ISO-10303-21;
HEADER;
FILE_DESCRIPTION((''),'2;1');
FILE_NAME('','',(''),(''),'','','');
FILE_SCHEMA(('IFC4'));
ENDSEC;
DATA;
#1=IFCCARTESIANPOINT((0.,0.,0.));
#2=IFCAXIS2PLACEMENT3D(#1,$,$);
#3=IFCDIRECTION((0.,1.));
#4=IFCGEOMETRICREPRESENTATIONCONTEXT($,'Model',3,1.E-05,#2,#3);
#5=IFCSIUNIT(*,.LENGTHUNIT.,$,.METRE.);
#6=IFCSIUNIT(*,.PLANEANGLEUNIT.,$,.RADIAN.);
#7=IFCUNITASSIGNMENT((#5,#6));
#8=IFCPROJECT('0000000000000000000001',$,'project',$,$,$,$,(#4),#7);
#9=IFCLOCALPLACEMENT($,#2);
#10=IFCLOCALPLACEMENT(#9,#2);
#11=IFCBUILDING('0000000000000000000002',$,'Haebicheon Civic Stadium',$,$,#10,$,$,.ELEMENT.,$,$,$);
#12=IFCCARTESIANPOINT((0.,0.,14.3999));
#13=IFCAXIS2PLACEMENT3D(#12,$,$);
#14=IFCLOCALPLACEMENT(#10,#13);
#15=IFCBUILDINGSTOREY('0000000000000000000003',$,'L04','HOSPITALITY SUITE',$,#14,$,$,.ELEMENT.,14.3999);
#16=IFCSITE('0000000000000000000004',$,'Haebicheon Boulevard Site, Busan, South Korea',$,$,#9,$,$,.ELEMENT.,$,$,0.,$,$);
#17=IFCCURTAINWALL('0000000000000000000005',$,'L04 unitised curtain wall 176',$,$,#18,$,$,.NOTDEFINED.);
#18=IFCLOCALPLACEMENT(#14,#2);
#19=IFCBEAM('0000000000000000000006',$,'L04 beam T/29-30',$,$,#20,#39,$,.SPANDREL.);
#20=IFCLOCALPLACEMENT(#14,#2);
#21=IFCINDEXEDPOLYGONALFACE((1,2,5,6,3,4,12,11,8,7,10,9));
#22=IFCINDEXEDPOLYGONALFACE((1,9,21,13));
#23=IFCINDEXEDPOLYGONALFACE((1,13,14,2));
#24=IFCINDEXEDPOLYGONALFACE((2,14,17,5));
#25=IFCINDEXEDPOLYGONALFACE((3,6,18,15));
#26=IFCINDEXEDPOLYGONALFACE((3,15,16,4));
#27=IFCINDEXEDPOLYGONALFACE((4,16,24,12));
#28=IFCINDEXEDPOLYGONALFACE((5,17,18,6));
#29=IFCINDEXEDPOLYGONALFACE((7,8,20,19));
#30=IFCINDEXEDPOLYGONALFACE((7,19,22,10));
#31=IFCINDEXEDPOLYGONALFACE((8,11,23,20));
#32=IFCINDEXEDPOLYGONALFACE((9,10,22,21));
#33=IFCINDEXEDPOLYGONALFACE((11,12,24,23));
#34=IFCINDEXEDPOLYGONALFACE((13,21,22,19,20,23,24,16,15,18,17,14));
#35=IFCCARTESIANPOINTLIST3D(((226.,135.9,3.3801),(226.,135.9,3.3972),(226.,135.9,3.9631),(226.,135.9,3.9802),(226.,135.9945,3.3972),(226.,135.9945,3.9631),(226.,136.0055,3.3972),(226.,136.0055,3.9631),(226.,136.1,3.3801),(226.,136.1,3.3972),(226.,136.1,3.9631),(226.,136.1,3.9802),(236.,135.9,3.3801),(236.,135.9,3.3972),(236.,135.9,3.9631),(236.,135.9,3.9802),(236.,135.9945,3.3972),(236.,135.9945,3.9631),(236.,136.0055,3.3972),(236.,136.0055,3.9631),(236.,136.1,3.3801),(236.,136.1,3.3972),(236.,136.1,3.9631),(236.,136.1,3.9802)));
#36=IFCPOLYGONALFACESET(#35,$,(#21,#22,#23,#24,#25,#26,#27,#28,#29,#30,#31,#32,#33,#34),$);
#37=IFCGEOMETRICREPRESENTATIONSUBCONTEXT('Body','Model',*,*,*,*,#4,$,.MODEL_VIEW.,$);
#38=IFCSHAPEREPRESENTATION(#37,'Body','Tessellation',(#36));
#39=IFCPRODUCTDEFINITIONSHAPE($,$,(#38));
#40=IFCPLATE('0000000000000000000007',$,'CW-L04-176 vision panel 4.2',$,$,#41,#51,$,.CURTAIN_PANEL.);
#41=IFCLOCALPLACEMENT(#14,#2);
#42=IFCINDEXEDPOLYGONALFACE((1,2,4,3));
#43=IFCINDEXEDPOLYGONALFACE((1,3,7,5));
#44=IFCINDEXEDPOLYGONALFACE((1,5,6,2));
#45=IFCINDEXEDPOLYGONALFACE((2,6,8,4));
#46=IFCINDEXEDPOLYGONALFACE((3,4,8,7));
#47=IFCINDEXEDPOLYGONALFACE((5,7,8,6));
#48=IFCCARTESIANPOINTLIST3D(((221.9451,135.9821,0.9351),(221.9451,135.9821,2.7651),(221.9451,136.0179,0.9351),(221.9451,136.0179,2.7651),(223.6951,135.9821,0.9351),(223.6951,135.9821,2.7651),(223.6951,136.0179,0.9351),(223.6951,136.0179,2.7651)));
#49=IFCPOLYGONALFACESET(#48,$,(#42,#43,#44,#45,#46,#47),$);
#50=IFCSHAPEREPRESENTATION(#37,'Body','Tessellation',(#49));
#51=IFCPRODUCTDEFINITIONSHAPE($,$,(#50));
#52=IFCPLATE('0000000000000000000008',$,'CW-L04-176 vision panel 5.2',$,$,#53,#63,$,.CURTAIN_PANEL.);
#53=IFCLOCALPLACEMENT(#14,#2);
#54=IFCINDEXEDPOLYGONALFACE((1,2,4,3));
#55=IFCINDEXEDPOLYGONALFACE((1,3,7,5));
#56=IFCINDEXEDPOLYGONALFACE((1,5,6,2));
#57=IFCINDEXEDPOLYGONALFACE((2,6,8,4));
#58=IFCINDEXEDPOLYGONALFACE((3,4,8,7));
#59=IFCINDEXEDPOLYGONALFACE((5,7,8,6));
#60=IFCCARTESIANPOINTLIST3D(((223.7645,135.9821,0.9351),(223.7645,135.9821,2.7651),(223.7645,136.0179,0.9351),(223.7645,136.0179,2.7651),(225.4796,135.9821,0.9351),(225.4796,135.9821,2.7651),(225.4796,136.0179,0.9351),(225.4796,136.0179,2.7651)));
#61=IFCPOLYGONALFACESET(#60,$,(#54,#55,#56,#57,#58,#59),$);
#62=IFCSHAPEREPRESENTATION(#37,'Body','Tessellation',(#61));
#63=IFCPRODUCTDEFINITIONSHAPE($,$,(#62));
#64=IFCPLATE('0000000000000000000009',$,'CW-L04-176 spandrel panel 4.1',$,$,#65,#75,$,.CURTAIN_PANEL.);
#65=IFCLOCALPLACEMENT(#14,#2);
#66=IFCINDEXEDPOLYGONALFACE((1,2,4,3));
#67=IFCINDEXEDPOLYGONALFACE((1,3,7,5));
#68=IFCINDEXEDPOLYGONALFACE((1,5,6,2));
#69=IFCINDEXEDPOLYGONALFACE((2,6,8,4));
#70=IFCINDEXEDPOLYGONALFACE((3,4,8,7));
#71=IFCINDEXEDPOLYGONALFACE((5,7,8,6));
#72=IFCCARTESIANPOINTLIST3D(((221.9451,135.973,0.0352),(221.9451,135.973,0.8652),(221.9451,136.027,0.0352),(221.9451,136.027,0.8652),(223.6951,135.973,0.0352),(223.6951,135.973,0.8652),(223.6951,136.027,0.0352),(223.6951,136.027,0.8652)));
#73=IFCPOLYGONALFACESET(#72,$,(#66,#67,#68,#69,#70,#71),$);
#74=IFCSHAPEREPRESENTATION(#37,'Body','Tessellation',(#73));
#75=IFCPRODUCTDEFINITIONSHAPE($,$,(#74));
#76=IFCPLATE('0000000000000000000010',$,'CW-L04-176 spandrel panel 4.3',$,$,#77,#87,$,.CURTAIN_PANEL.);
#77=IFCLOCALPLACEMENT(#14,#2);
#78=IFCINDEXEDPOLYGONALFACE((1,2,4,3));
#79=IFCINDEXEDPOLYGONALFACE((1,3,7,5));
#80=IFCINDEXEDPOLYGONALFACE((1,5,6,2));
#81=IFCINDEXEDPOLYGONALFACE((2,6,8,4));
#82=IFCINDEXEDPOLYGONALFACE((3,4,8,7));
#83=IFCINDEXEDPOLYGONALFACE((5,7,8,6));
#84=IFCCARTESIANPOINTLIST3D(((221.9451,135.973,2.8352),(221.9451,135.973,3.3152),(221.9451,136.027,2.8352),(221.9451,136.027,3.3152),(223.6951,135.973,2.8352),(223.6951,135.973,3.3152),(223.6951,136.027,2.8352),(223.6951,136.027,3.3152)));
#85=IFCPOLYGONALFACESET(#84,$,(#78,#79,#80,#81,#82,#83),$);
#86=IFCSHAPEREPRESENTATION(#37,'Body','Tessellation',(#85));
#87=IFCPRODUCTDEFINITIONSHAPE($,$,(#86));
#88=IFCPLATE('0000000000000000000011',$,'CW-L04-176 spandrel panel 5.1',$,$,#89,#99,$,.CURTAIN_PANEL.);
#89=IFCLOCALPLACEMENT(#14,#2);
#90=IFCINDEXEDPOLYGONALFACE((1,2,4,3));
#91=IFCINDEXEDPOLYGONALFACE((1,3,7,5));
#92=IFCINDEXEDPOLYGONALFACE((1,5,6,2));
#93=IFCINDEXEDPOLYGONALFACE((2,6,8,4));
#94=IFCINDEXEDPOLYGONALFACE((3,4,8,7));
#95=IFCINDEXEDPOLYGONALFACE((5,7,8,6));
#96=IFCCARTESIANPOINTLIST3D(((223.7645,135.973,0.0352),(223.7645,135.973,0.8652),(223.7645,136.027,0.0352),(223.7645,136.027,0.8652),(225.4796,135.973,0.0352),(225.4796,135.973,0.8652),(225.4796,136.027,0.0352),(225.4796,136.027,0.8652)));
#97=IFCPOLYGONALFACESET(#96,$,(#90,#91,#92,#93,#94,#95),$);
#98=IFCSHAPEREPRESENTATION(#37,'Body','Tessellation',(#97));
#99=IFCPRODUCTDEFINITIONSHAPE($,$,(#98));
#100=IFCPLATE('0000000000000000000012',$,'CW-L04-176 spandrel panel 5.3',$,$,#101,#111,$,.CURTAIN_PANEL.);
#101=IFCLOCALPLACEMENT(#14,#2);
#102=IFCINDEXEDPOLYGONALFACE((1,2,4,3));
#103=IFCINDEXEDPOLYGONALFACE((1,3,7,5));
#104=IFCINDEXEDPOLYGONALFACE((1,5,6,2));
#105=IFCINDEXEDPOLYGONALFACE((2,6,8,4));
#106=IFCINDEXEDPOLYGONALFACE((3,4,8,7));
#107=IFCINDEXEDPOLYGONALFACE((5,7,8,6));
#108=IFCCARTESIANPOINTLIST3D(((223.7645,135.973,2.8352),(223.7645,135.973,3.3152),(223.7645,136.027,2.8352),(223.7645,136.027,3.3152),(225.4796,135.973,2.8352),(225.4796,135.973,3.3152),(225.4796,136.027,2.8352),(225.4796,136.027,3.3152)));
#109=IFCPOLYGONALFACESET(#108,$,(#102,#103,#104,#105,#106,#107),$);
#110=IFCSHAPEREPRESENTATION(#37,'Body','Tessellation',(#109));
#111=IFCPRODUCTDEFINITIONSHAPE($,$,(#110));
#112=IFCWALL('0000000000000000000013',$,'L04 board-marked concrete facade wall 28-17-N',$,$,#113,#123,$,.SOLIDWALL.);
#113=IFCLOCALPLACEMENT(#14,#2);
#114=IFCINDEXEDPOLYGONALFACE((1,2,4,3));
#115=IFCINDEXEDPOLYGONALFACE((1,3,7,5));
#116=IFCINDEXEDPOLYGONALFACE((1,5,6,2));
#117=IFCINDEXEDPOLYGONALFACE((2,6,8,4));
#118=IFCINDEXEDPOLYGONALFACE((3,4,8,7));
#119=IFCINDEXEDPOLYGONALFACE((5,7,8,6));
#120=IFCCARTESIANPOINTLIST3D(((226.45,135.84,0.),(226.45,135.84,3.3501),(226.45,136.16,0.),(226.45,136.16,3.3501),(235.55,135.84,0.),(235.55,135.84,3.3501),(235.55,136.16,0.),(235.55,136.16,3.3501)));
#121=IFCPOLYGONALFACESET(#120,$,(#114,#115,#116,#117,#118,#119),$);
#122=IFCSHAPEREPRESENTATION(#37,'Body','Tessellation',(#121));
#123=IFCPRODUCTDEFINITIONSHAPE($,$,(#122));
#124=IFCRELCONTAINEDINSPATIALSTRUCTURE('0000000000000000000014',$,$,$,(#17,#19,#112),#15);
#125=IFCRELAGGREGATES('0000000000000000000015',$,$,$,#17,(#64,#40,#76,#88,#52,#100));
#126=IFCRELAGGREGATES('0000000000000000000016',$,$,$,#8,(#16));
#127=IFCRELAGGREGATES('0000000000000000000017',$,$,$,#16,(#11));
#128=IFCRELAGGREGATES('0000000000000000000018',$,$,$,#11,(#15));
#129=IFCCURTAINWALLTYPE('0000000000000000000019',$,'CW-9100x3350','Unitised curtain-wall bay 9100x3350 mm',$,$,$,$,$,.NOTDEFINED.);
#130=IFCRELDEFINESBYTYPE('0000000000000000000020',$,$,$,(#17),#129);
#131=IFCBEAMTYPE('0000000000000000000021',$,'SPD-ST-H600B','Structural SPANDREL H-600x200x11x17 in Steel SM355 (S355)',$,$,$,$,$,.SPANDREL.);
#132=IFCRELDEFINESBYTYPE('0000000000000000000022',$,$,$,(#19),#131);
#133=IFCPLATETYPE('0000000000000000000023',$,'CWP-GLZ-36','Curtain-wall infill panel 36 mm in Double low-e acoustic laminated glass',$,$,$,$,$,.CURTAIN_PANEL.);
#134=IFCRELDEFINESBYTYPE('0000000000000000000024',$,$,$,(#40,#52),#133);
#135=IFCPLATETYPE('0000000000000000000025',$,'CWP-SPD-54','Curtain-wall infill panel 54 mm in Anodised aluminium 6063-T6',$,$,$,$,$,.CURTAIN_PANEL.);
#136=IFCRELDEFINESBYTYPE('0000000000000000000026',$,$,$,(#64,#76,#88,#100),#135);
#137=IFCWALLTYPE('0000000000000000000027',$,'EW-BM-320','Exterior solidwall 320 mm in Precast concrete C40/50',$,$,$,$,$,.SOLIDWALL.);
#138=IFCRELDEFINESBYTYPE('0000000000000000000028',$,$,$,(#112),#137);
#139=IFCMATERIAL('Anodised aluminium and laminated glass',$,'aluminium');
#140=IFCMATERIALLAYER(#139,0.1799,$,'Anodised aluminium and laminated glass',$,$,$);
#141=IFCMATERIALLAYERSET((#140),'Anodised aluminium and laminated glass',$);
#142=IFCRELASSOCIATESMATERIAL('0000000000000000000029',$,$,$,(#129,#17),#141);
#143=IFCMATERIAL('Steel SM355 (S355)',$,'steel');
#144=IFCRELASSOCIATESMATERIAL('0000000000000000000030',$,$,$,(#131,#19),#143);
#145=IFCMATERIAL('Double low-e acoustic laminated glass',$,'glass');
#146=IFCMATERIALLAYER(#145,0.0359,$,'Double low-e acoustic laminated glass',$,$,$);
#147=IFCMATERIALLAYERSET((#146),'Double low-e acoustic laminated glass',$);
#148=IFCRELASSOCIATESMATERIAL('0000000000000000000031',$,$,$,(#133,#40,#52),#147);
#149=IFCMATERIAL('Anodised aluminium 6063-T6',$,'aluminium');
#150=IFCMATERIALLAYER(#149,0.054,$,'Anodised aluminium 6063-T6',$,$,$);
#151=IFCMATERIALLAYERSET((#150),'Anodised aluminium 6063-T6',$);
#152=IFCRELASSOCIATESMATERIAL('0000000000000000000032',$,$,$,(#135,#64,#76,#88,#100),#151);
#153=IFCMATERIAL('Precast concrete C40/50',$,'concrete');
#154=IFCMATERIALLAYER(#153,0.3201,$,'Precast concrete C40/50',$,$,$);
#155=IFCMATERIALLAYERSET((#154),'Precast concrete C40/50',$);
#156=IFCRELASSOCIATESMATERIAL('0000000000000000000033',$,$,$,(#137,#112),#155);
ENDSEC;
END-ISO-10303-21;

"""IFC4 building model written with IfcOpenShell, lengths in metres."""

from ifc_helpers import new_model, si_unit, direction, frame, frame_2d, origin, origin_2d, place, context, subcontext, project, spatial, rectangle, i_section, extrude, material, layer, layer_set, material_profile, profile_set, type_object, element, aggregate, save


model = new_model("IFC4")

# Units and contexts
model_context = context("Model", 3, precision=1e-05, world=origin(), true_north=direction((0.0, 1.0)))
body_context = subcontext(model_context, "Body", "Model", "MODEL_VIEW")
ifc_project = project(units=[si_unit("LENGTHUNIT", "METRE"), si_unit("PLANEANGLEUNIT", "RADIAN")], contexts=[model_context])

# Site, building, storey
site_placement = place(None, origin())
site = spatial("IfcSite", under=ifc_project, at=site_placement, Name="Haebicheon Boulevard Site, Busan, South Korea", CompositionType="ELEMENT", RefElevation=0.0)
building_placement = place(site_placement, origin())
building = spatial("IfcBuilding", under=site, at=building_placement, Name="Haebicheon Civic Stadium", CompositionType="ELEMENT")
storey_placement = place(building_placement, frame((0.0, 0.0, 14.3999)))
storey = spatial("IfcBuildingStorey", under=building, at=storey_placement, Name="L04", Description="HOSPITALITY SUITE", CompositionType="ELEMENT", Elevation=14.3999)

# Curtain wall
ifc_material_1 = material(Name="Anodised aluminium and laminated glass", Category="aluminium")
ifc_layer_1 = layer(ifc_material_1, 0.1799, Name="Anodised aluminium and laminated glass")
ifc_layer_set_1 = layer_set([ifc_layer_1], Name="Anodised aluminium and laminated glass")
curtain_wall_type = type_object("IfcCurtainWallType", Name="CW-9100x3350", Description="Unitised curtain-wall bay 9100x3350 mm", PredefinedType="NOTDEFINED", material=ifc_layer_set_1)
curtain_wall_placement = place(storey_placement, origin())
curtain_wall = element("IfcCurtainWall", 1, at=curtain_wall_placement, inside=storey, type_object=curtain_wall_type, material=ifc_layer_set_1, Name="L04 unitised curtain wall 176", PredefinedType="NOTDEFINED")

# Beam
ifc_material_2 = material(Name="Steel SM355 (S355)", Category="steel")
ifc_material_profile_1 = material_profile(ifc_material_2, i_section(OverallWidth=0.2, OverallDepth=0.6001, WebThickness=0.011, FlangeThickness=0.0171, at=origin_2d()), Name="H-600x200x11x17")
ifc_profile_set_1 = profile_set([ifc_material_profile_1], Name="Steel SM355 (S355)")
beam_type = type_object("IfcBeamType", Name="SPD-ST-H600B", Description="Structural SPANDREL H-600x200x11x17 in Steel SM355 (S355)", PredefinedType="SPANDREL", material=ifc_profile_set_1)
beam_placement = place(storey_placement, frame((226.0, 136.0, 3.6802), z_axis=(1.0, 0.0, 0.0), x_axis=(0.0, 1.0, 0.0)))
element("IfcBeam", 2, at=beam_placement, inside=storey, type_object=beam_type, material=ifc_profile_set_1, Name="L04 beam T/29-30", PredefinedType="SPANDREL", context=body_context, shape_type="SweptSolid", body=[
    extrude(i_section(OverallWidth=0.2, OverallDepth=0.6001, WebThickness=0.011, FlangeThickness=0.0171, at=origin_2d()), origin(), (0.0, 0.0, 1.0), 10.0),
])

# Plates
ifc_material_3 = material(Name="Double low-e acoustic laminated glass", Category="glass")
ifc_layer_2 = layer(ifc_material_3, 0.0359, Name="Double low-e acoustic laminated glass")
ifc_layer_set_2 = layer_set([ifc_layer_2], Name="Double low-e acoustic laminated glass")
plate_type_1 = type_object("IfcPlateType", Name="CWP-GLZ-36", Description="Curtain-wall infill panel 36 mm in Double low-e acoustic laminated glass", PredefinedType="CURTAIN_PANEL", material=ifc_layer_set_2)
plate_1_placement = place(storey_placement, frame((222.8201, 136.0, 0.9351), z_axis=(0.0, 0.0, 1.0), x_axis=(1.0, 0.0, 0.0)))
plate_1 = element("IfcPlate", 3, at=plate_1_placement, type_object=plate_type_1, material=ifc_layer_set_2, Name="CW-L04-176 vision panel 4.2", PredefinedType="CURTAIN_PANEL", context=body_context, shape_type="SweptSolid", body=[
    extrude(rectangle(XDim=1.75, YDim=0.0359, at=origin_2d()), origin(), (0.0, 0.0, 1.0), 1.8301),
])
plate_2_placement = place(storey_placement, frame((224.6221, 136.0, 0.9351), z_axis=(0.0, 0.0, 1.0), x_axis=(1.0, 0.0, 0.0)))
plate_2 = element("IfcPlate", 4, at=plate_2_placement, type_object=plate_type_1, material=ifc_layer_set_2, Name="CW-L04-176 vision panel 5.2", PredefinedType="CURTAIN_PANEL", context=body_context, shape_type="SweptSolid", body=[
    extrude(rectangle(XDim=1.7151, YDim=0.0359, at=origin_2d()), origin(), (0.0, 0.0, 1.0), 1.8301),
])
ifc_material_4 = material(Name="Anodised aluminium 6063-T6", Category="aluminium")
ifc_layer_3 = layer(ifc_material_4, 0.054, Name="Anodised aluminium 6063-T6")
ifc_layer_set_3 = layer_set([ifc_layer_3], Name="Anodised aluminium 6063-T6")
plate_type_2 = type_object("IfcPlateType", Name="CWP-SPD-54", Description="Curtain-wall infill panel 54 mm in Anodised aluminium 6063-T6", PredefinedType="CURTAIN_PANEL", material=ifc_layer_set_3)
plate_3_placement = place(storey_placement, frame((222.8201, 136.0, 0.0352), z_axis=(0.0, 0.0, 1.0), x_axis=(1.0, 0.0, 0.0)))
plate_3 = element("IfcPlate", 5, at=plate_3_placement, type_object=plate_type_2, material=ifc_layer_set_3, Name="CW-L04-176 spandrel panel 4.1", PredefinedType="CURTAIN_PANEL", context=body_context, shape_type="SweptSolid", body=[
    extrude(rectangle(XDim=1.75, YDim=0.054, at=origin_2d()), origin(), (0.0, 0.0, 1.0), 0.8301),
])
plate_4_placement = place(storey_placement, frame((222.8201, 136.0, 2.8352), z_axis=(0.0, 0.0, 1.0), x_axis=(1.0, 0.0, 0.0)))
plate_4 = element("IfcPlate", 6, at=plate_4_placement, type_object=plate_type_2, material=ifc_layer_set_3, Name="CW-L04-176 spandrel panel 4.3", PredefinedType="CURTAIN_PANEL", context=body_context, shape_type="SweptSolid", body=[
    extrude(rectangle(XDim=1.75, YDim=0.054, at=origin_2d()), origin(), (0.0, 0.0, 1.0), 0.48),
])
plate_5_placement = place(storey_placement, frame((224.6221, 136.0, 0.0352), z_axis=(0.0, 0.0, 1.0), x_axis=(1.0, 0.0, 0.0)))
plate_5 = element("IfcPlate", 7, at=plate_5_placement, type_object=plate_type_2, material=ifc_layer_set_3, Name="CW-L04-176 spandrel panel 5.1", PredefinedType="CURTAIN_PANEL", context=body_context, shape_type="SweptSolid", body=[
    extrude(rectangle(XDim=1.7151, YDim=0.054, at=origin_2d()), origin(), (0.0, 0.0, 1.0), 0.8301),
])
plate_6_placement = place(storey_placement, frame((224.6221, 136.0, 2.8352), z_axis=(0.0, 0.0, 1.0), x_axis=(1.0, 0.0, 0.0)))
plate_6 = element("IfcPlate", 8, at=plate_6_placement, type_object=plate_type_2, material=ifc_layer_set_3, Name="CW-L04-176 spandrel panel 5.3", PredefinedType="CURTAIN_PANEL", context=body_context, shape_type="SweptSolid", body=[
    extrude(rectangle(XDim=1.7151, YDim=0.054, at=origin_2d()), origin(), (0.0, 0.0, 1.0), 0.48),
])
aggregate(curtain_wall, [plate_3, plate_1, plate_4, plate_5, plate_2, plate_6])

# Wall
ifc_material_5 = material(Name="Precast concrete C40/50", Category="concrete")
ifc_layer_4 = layer(ifc_material_5, 0.3201, Name="Precast concrete C40/50")
ifc_layer_set_4 = layer_set([ifc_layer_4], Name="Precast concrete C40/50")
wall_type = type_object("IfcWallType", Name="EW-BM-320", Description="Exterior solidwall 320 mm in Precast concrete C40/50", PredefinedType="SOLIDWALL", material=ifc_layer_set_4)
wall_placement = place(storey_placement, frame((226.45, 136.0, 0.0), z_axis=(0.0, 0.0, 1.0), x_axis=(1.0, 0.0, 0.0)))
element("IfcWall", 9, at=wall_placement, inside=storey, type_object=wall_type, material=ifc_layer_set_4, Name="L04 board-marked concrete facade wall 28-17-N", PredefinedType="SOLIDWALL", context=body_context, shape_type="SweptSolid", body=[
    extrude(rectangle(XDim=9.1001, YDim=0.3201, at=frame_2d((4.55, 0.0))), origin(), (0.0, 0.0, 1.0), 3.3501),
])

save(model, "model.ifc")
